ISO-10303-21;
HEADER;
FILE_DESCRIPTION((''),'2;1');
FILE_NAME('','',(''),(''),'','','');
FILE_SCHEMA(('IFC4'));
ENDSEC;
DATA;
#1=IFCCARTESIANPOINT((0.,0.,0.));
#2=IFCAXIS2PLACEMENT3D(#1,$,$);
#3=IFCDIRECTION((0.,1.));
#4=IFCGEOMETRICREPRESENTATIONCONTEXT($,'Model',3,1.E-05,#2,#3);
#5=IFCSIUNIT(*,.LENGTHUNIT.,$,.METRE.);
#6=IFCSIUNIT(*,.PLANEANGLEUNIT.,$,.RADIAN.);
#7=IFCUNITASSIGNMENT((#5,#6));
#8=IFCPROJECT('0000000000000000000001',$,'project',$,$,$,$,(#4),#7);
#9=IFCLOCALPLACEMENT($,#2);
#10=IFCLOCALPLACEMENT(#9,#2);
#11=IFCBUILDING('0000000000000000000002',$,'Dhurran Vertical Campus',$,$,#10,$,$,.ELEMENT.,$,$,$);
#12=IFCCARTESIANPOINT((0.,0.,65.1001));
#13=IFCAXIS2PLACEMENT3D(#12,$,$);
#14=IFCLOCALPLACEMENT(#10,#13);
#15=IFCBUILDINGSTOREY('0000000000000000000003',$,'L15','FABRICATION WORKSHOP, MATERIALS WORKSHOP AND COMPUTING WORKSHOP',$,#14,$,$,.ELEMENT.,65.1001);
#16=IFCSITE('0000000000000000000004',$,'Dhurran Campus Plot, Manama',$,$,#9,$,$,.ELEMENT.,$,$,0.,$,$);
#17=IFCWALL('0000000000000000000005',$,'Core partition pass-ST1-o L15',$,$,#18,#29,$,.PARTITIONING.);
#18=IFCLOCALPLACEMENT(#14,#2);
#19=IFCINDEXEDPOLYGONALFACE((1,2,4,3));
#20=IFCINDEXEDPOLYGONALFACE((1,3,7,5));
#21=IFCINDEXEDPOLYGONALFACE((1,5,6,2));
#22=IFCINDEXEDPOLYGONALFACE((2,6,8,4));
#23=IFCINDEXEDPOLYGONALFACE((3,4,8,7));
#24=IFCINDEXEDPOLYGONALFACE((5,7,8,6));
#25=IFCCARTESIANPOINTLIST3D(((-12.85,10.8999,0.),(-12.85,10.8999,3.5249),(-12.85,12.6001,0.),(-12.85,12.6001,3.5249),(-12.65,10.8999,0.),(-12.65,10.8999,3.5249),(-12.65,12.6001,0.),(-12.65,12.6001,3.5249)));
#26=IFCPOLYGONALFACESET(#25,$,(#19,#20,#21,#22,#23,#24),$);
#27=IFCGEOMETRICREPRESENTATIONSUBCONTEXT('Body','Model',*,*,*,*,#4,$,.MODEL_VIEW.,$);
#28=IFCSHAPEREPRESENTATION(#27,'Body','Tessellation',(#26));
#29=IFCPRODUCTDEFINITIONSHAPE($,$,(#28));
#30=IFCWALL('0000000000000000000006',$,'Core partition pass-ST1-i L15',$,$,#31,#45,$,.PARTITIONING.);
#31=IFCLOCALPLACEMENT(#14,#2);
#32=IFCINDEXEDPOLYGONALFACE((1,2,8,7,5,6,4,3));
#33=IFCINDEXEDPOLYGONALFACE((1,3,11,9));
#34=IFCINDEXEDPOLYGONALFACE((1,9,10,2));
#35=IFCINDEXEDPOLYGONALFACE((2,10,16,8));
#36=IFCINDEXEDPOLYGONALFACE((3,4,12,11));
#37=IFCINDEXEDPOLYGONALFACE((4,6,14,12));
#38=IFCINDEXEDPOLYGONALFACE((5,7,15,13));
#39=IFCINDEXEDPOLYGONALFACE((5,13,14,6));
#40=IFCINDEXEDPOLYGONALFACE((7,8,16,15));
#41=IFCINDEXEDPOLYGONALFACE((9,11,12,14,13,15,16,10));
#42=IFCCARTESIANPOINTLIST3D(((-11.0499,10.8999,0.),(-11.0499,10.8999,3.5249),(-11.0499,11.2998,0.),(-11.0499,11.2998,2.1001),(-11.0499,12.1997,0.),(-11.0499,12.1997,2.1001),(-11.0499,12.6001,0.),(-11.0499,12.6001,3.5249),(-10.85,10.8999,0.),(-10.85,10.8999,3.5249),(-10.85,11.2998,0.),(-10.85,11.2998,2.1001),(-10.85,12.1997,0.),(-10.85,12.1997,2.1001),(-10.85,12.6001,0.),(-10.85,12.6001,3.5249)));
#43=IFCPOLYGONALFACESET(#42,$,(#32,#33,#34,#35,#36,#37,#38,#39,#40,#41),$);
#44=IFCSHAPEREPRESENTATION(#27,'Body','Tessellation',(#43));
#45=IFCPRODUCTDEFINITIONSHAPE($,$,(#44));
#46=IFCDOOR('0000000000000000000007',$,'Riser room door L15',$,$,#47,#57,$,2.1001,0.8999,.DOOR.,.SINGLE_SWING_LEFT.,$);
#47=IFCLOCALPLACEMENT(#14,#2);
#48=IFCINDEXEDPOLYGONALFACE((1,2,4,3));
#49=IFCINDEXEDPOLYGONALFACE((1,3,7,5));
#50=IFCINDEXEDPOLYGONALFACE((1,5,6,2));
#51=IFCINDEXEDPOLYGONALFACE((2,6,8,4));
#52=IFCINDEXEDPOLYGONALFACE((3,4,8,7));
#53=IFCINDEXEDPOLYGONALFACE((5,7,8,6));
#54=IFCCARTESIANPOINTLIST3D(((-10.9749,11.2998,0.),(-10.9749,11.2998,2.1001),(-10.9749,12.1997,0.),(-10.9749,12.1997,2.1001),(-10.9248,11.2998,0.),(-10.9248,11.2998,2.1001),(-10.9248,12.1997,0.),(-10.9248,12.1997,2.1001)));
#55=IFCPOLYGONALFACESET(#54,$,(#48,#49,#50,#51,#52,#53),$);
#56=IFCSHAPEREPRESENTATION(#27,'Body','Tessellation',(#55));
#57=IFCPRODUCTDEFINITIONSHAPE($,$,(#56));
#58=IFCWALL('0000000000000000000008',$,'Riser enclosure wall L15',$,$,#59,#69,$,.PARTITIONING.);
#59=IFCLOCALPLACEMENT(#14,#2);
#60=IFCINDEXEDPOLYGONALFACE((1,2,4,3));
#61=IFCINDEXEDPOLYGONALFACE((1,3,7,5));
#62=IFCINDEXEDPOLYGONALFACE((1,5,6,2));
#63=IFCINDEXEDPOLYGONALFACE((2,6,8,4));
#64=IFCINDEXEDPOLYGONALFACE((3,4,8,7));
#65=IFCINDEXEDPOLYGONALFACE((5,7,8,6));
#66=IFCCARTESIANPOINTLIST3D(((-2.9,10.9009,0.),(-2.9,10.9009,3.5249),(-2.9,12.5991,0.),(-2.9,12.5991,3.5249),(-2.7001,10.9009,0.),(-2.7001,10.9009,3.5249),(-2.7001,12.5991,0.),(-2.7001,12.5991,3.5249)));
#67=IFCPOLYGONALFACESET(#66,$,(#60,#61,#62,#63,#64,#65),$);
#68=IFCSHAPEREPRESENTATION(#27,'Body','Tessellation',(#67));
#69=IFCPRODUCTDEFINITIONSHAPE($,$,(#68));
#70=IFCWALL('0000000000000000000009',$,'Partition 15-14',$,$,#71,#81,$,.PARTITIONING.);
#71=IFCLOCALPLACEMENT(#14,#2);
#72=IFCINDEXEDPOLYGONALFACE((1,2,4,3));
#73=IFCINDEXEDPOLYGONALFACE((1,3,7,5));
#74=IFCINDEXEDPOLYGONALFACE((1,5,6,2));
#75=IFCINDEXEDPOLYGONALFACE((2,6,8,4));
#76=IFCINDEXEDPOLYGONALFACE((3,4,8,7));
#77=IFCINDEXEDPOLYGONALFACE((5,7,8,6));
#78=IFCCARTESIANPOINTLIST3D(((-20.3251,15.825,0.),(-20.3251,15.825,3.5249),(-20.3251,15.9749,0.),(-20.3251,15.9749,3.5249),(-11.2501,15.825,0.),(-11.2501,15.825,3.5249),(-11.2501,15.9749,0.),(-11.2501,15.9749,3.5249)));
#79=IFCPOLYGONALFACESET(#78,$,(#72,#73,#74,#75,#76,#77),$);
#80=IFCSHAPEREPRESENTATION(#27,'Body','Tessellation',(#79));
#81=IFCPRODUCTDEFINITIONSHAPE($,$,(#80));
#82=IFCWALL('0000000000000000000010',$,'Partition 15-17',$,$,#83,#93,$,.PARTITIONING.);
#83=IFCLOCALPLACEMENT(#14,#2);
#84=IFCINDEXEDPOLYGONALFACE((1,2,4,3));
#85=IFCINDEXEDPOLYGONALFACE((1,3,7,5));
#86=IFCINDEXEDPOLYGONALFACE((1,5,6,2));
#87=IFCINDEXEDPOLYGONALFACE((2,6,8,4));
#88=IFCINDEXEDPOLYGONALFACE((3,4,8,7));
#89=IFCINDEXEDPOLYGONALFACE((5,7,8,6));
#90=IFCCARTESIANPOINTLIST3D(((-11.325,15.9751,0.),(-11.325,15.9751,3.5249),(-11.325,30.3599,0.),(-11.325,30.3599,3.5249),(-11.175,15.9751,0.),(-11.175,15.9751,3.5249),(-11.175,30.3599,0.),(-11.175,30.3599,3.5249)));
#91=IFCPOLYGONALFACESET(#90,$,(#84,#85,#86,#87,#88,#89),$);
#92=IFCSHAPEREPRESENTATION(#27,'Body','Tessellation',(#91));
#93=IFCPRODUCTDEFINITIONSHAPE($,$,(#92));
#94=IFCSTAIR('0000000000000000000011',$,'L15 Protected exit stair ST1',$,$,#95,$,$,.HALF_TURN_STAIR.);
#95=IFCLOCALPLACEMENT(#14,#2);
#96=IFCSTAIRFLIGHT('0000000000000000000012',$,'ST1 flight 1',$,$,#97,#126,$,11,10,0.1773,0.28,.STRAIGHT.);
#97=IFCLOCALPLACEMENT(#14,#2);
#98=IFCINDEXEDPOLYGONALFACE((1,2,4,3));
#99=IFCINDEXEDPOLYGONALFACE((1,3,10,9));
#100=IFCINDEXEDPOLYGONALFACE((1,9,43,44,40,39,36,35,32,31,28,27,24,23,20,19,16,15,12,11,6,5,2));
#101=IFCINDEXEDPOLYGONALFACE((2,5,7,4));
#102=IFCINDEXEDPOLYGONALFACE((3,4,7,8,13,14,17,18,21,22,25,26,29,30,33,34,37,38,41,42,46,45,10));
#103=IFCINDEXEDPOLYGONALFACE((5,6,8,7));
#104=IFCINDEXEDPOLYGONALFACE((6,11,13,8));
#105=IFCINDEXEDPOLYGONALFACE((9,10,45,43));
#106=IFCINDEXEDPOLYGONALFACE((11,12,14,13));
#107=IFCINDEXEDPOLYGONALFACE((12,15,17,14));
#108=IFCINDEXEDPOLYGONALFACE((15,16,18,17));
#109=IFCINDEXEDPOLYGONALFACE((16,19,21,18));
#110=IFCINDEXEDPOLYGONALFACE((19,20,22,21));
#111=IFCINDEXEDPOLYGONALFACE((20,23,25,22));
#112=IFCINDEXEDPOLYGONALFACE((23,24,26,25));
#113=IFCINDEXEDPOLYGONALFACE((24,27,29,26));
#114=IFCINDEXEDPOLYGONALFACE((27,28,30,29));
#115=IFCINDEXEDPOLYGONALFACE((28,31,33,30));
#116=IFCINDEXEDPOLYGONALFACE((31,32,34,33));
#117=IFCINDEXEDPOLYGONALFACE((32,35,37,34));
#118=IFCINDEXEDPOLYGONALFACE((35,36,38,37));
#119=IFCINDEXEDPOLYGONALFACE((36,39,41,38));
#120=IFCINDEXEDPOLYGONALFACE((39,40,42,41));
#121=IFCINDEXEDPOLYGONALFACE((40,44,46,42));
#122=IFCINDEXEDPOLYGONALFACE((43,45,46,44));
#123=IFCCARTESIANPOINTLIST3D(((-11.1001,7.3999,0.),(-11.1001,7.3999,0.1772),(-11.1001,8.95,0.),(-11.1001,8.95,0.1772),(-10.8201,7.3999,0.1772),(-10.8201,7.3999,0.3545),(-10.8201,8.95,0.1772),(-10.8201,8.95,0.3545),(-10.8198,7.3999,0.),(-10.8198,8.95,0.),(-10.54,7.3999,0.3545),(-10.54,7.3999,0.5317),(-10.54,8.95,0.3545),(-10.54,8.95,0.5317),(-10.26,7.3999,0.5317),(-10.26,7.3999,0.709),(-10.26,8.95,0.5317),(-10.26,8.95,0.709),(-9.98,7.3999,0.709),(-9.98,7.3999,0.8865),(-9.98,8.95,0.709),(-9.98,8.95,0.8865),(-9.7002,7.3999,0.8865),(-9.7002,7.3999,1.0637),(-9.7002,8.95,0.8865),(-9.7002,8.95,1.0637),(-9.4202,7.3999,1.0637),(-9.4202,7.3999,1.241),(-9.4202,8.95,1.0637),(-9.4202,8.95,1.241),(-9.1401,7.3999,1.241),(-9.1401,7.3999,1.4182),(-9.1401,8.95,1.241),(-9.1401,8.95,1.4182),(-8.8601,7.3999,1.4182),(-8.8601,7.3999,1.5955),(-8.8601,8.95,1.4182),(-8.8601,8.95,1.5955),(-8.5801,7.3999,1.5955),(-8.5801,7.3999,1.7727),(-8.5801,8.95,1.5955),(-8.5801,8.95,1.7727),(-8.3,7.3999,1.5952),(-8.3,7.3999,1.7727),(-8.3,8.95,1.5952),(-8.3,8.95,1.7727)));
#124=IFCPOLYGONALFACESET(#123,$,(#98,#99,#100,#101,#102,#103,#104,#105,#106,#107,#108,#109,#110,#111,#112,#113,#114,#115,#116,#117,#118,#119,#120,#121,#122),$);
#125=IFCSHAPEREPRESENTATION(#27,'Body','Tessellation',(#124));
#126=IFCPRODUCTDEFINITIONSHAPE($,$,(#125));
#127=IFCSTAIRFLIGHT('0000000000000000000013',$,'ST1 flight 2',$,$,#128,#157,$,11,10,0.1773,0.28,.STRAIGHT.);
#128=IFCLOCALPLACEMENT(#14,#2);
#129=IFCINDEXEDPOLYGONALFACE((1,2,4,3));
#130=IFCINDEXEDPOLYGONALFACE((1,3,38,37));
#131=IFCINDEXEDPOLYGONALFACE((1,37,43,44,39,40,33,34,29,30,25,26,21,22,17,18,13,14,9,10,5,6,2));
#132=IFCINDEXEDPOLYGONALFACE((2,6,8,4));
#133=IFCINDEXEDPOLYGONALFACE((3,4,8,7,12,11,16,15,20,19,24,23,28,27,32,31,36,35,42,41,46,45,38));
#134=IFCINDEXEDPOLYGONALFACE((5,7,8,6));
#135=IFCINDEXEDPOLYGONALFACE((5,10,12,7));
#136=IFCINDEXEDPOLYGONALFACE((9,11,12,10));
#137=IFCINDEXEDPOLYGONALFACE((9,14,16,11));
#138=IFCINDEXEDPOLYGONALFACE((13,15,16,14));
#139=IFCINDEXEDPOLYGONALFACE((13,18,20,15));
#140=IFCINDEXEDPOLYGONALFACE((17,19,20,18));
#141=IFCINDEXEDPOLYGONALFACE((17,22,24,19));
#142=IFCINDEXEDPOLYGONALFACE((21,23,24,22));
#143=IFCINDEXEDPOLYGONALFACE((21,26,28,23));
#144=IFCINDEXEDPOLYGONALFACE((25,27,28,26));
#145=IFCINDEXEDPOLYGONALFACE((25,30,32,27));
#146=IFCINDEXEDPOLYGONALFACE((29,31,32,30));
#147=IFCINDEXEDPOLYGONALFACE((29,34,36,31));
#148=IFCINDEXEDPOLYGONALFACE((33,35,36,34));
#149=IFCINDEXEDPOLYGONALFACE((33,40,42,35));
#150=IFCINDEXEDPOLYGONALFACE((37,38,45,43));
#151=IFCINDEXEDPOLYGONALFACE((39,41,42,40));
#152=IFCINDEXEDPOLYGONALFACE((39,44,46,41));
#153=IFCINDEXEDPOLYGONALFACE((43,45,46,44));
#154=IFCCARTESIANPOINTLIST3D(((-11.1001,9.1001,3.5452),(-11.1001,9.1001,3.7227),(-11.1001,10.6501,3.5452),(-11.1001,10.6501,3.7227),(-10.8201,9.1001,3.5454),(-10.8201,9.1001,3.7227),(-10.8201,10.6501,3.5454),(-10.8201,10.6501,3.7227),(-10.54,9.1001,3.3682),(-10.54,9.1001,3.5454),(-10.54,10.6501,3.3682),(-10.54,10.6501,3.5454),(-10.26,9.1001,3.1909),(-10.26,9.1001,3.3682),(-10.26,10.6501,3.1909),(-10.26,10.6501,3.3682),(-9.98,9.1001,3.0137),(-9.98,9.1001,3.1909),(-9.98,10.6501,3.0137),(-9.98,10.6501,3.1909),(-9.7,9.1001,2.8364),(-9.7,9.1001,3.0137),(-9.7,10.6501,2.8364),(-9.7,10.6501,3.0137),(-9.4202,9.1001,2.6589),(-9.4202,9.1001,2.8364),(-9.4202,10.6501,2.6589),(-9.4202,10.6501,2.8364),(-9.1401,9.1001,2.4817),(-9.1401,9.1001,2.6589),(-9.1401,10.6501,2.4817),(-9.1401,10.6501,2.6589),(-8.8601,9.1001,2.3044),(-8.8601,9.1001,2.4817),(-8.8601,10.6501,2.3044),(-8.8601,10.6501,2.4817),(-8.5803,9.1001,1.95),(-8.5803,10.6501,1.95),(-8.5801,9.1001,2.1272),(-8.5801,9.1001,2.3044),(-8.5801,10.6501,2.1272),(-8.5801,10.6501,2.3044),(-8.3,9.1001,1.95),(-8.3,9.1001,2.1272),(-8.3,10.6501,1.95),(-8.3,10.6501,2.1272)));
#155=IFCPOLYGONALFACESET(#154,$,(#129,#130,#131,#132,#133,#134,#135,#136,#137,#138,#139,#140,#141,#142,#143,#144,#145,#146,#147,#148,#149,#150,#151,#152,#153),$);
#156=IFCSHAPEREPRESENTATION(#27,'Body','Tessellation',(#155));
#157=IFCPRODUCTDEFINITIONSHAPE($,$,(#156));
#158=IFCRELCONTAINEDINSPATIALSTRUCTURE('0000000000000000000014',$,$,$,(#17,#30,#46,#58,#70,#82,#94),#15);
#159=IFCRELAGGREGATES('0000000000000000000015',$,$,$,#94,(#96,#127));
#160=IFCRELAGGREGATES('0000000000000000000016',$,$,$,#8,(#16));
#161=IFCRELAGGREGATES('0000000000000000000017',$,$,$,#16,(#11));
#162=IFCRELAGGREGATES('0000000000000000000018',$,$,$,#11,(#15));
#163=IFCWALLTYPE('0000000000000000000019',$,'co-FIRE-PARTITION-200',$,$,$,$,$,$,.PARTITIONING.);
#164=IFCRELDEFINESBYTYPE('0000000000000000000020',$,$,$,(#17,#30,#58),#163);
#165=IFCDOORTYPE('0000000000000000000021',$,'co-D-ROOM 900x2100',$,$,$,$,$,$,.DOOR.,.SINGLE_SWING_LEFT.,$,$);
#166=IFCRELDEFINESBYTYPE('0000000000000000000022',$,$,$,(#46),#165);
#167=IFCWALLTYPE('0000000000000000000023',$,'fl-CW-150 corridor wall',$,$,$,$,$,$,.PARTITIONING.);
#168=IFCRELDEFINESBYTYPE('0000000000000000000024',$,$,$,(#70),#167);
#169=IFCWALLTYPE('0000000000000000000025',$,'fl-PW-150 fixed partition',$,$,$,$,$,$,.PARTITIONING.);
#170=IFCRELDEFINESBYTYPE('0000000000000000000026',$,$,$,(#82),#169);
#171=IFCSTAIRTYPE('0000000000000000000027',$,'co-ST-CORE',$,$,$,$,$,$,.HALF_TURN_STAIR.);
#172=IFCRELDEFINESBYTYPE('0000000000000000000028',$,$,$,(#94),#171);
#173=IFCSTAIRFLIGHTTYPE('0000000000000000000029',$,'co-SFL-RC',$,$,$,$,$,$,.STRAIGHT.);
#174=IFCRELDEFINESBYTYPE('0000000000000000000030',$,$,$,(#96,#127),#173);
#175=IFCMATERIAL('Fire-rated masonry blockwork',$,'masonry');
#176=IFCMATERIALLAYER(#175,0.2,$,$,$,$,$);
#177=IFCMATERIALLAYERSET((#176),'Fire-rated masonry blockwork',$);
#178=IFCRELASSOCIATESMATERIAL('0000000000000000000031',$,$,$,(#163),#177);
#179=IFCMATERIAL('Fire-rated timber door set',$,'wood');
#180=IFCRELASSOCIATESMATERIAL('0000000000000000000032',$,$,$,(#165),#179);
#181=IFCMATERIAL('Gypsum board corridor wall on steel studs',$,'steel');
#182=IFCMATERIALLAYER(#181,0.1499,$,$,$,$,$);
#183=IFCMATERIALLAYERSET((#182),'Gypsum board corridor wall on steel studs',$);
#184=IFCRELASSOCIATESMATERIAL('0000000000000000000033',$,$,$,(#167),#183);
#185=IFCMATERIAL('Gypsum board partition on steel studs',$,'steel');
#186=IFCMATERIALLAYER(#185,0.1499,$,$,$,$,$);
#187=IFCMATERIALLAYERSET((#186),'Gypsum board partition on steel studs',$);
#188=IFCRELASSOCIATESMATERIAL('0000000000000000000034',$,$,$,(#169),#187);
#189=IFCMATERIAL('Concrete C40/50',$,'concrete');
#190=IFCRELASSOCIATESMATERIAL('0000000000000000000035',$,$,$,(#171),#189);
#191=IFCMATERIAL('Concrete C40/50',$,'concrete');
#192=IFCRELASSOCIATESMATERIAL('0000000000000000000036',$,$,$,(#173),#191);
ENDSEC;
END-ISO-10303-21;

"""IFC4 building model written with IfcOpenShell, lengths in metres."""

from ifc_helpers import new_model, si_unit, direction, frame, frame_2d, origin, place, context, subcontext, project, spatial, polyline, rectangle, outline, extrude, material, layer, layer_set, type_object, element, fill, aggregate, save


model = new_model("IFC4")

# Units and contexts
model_context = context("Model", 3, precision=1e-05, world=origin(), true_north=direction((0.0, 1.0)))
body_context = subcontext(model_context, "Body", "Model", "MODEL_VIEW")
ifc_project = project(units=[si_unit("LENGTHUNIT", "METRE"), si_unit("PLANEANGLEUNIT", "RADIAN")], contexts=[model_context])

# Site, building, storey
site_placement = place(None, origin())
site = spatial("IfcSite", under=ifc_project, at=site_placement, Name="Dhurran Campus Plot, Manama", CompositionType="ELEMENT", RefElevation=0.0)
building_placement = place(site_placement, origin())
building = spatial("IfcBuilding", under=site, at=building_placement, Name="Dhurran Vertical Campus", CompositionType="ELEMENT")
storey_placement = place(building_placement, frame((0.0, 0.0, 65.1001)))
storey = spatial("IfcBuildingStorey", under=building, at=storey_placement, Name="L15", Description="FABRICATION WORKSHOP, MATERIALS WORKSHOP AND COMPUTING WORKSHOP", CompositionType="ELEMENT", Elevation=65.1001)

# Wall
ifc_material_1 = material(Name="Fire-rated masonry blockwork", Category="masonry")
ifc_layer_1 = layer(ifc_material_1, 0.2)
ifc_layer_set_1 = layer_set([ifc_layer_1], Name="Fire-rated masonry blockwork")
wall_type_1 = type_object("IfcWallType", Name="co-FIRE-PARTITION-200", PredefinedType="PARTITIONING", material=ifc_layer_set_1)
wall_1_placement = place(storey_placement, frame((-12.75, 10.8999, 0.0), z_axis=(0.0, 0.0, 1.0), x_axis=(0.0, 1.0, 0.0)))
element("IfcWall", 1, at=wall_1_placement, inside=storey, type_object=wall_type_1, Name="Core partition pass-ST1-o L15", PredefinedType="PARTITIONING", context=body_context, shape_type="SweptSolid", body=[
    extrude(rectangle(XDim=1.7002, YDim=0.2, at=frame_2d((0.8501, 0.0))), origin(), (0.0, 0.0, 1.0), 3.5249),
])

# Wall, opening, door
wall_2_placement = place(storey_placement, frame((-10.95, 10.8999, 0.0), z_axis=(0.0, 0.0, 1.0), x_axis=(0.0, 1.0, 0.0)))
wall_2 = element("IfcWall", 2, at=wall_2_placement, inside=storey, type_object=wall_type_1, Name="Core partition pass-ST1-i L15", PredefinedType="PARTITIONING", context=body_context, shape_type="SweptSolid", body=[
    extrude(rectangle(XDim=1.7002, YDim=0.2, at=frame_2d((0.8501, 0.0))), origin(), (0.0, 0.0, 1.0), 3.5249),
])
opening_1_placement = place(wall_2_placement, frame((0.3999, 0.0, 0.0)))
opening_1 = element("IfcOpeningElement", 3, at=opening_1_placement, cuts=wall_2, PredefinedType="OPENING", context=body_context, shape_type="SweptSolid", body=[
    extrude(rectangle(XDim=0.8999, YDim=2.1001, at=frame_2d((0.45, 1.05))), frame((0.0, 0.1099, 0.0), z_axis=(0.0, -1.0, 0.0), x_axis=(1.0, 0.0, 0.0)), (0.0, 0.0, 1.0), 0.22),
])
ifc_material_2 = material(Name="Fire-rated timber door set", Category="wood")
door_type = type_object("IfcDoorType", Name="co-D-ROOM 900x2100", OperationType="SINGLE_SWING_LEFT", PredefinedType="DOOR", material=ifc_material_2)
door_placement = place(opening_1_placement, origin())
door = element("IfcDoor", 4, at=door_placement, inside=storey, type_object=door_type, Name="Riser room door L15", OperationType="SINGLE_SWING_LEFT", OverallHeight=2.1001, OverallWidth=0.8999, PredefinedType="DOOR", context=body_context, shape_type="SweptSolid", body=[
    extrude(rectangle(XDim=0.8999, YDim=2.1001, at=frame_2d((0.45, 1.05))), frame((0.0, 0.0249, 0.0), z_axis=(0.0, -1.0, 0.0), x_axis=(1.0, 0.0, 0.0)), (0.0, 0.0, 1.0), 0.05),
])
fill(opening_1, door)

# Walls
wall_3_placement = place(storey_placement, frame((-2.8, 10.9009, 0.0), z_axis=(0.0, 0.0, 1.0), x_axis=(0.0, 1.0, 0.0)))
element("IfcWall", 5, at=wall_3_placement, inside=storey, type_object=wall_type_1, Name="Riser enclosure wall L15", PredefinedType="PARTITIONING", context=body_context, shape_type="SweptSolid", body=[
    extrude(rectangle(XDim=1.6982, YDim=0.2, at=frame_2d((0.8491, 0.0))), origin(), (0.0, 0.0, 1.0), 3.5249),
])
ifc_material_3 = material(Name="Gypsum board corridor wall on steel studs", Category="steel")
ifc_layer_2 = layer(ifc_material_3, 0.1499)
ifc_layer_set_2 = layer_set([ifc_layer_2], Name="Gypsum board corridor wall on steel studs")
wall_type_2 = type_object("IfcWallType", Name="fl-CW-150 corridor wall", PredefinedType="PARTITIONING", material=ifc_layer_set_2)
wall_4_placement = place(storey_placement, frame((-11.25, 15.8999, 0.0), z_axis=(0.0, 0.0, 1.0), x_axis=(-1.0, 0.0, 0.0)))
element("IfcWall", 6, at=wall_4_placement, inside=storey, type_object=wall_type_2, Name="Partition 15-14", PredefinedType="PARTITIONING", context=body_context, shape_type="SweptSolid", body=[
    extrude(rectangle(XDim=9.075, YDim=0.1499, at=frame_2d((4.5376, 0.0))), origin(), (0.0, 0.0, 1.0), 3.5249),
])
ifc_material_4 = material(Name="Gypsum board partition on steel studs", Category="steel")
ifc_layer_3 = layer(ifc_material_4, 0.1499)
ifc_layer_set_3 = layer_set([ifc_layer_3], Name="Gypsum board partition on steel studs")
wall_type_3 = type_object("IfcWallType", Name="fl-PW-150 fixed partition", PredefinedType="PARTITIONING", material=ifc_layer_set_3)
wall_5_placement = place(storey_placement, frame((-11.25, 30.3599, 0.0), z_axis=(0.0, 0.0, 1.0), x_axis=(0.0, -1.0, 0.0)))
element("IfcWall", 7, at=wall_5_placement, inside=storey, type_object=wall_type_3, Name="Partition 15-17", PredefinedType="PARTITIONING", context=body_context, shape_type="SweptSolid", body=[
    extrude(rectangle(XDim=14.3848, YDim=0.1499, at=frame_2d((7.1924, 0.0))), origin(), (0.0, 0.0, 1.0), 3.5249),
])

# Stair, stair flights
ifc_material_5 = material(Name="Concrete C40/50", Category="concrete")
stair_type = type_object("IfcStairType", Name="co-ST-CORE", PredefinedType="HALF_TURN_STAIR", material=ifc_material_5)
stair_placement = place(storey_placement, origin())
stair = element("IfcStair", 8, at=stair_placement, inside=storey, type_object=stair_type, Name="L15 Protected exit stair ST1", PredefinedType="HALF_TURN_STAIR")
ifc_material_6 = material(Name="Concrete C40/50", Category="concrete")
stair_flight_type = type_object("IfcStairFlightType", Name="co-SFL-RC", PredefinedType="STRAIGHT", material=ifc_material_6)
stair_flight_1_placement = place(storey_placement, frame((-11.1001, 8.175, 0.0), z_axis=(0.0, 0.0, 1.0), x_axis=(1.0, 0.0, 0.0)))
stair_flight_1 = element("IfcStairFlight", 9, at=stair_flight_1_placement, type_object=stair_flight_type, Name="ST1 flight 1", NumberOfRisers=11, NumberOfTreads=10, PredefinedType="STRAIGHT", RiserHeight=0.1773, TreadLength=0.28, context=body_context, shape_type="SweptSolid", body=[
    extrude(outline(polyline([(0.0, 0.0), (0.0, 0.1772), (0.28, 0.1772), (0.28, 0.3545), (0.5601, 0.3545), (0.5601, 0.5317), (0.8401, 0.5317), (0.8401, 0.709), (1.1201, 0.709), (1.1201, 0.8865), (1.3999, 0.8865), (1.3999, 1.0637), (1.6799, 1.0637), (1.6799, 1.241), (1.96, 1.241), (1.96, 1.4182), (2.24, 1.4182), (2.24, 1.5955), (2.52, 1.5955), (2.52, 1.7727), (2.8, 1.7727), (2.8, 1.95), (2.8, 1.5952), (0.2803, 0.0), (0.0, 0.0)])), frame((0.0, 0.7749, 0.0), z_axis=(0.0, -1.0, 0.0), x_axis=(1.0, 0.0, 0.0)), (0.0, 0.0, 1.0), 1.55),
])
stair_flight_2_placement = place(storey_placement, frame((-8.3, 9.875, 1.95), z_axis=(0.0, 0.0, 1.0), x_axis=(-1.0, 0.0, 0.0)))
stair_flight_2 = element("IfcStairFlight", 10, at=stair_flight_2_placement, type_object=stair_flight_type, Name="ST1 flight 2", NumberOfRisers=11, NumberOfTreads=10, PredefinedType="STRAIGHT", RiserHeight=0.1773, TreadLength=0.28, context=body_context, shape_type="SweptSolid", body=[
    extrude(outline(polyline([(0.0, 0.0), (0.0, 0.1772), (0.28, 0.1772), (0.28, 0.3545), (0.5601, 0.3545), (0.5601, 0.5317), (0.8401, 0.5317), (0.8401, 0.709), (1.1201, 0.709), (1.1201, 0.8865), (1.3999, 0.8865), (1.3999, 1.0637), (1.6799, 1.0637), (1.6799, 1.241), (1.96, 1.241), (1.96, 1.4182), (2.24, 1.4182), (2.24, 1.5955), (2.52, 1.5955), (2.52, 1.7727), (2.8, 1.7727), (2.8, 1.95), (2.8, 1.5952), (0.2803, 0.0), (0.0, 0.0)])), frame((0.0, 0.7749, 0.0), z_axis=(0.0, -1.0, 0.0), x_axis=(1.0, 0.0, 0.0)), (0.0, 0.0, 1.0), 1.55),
])
aggregate(stair, [stair_flight_1, stair_flight_2])

save(model, "model.ifc")
